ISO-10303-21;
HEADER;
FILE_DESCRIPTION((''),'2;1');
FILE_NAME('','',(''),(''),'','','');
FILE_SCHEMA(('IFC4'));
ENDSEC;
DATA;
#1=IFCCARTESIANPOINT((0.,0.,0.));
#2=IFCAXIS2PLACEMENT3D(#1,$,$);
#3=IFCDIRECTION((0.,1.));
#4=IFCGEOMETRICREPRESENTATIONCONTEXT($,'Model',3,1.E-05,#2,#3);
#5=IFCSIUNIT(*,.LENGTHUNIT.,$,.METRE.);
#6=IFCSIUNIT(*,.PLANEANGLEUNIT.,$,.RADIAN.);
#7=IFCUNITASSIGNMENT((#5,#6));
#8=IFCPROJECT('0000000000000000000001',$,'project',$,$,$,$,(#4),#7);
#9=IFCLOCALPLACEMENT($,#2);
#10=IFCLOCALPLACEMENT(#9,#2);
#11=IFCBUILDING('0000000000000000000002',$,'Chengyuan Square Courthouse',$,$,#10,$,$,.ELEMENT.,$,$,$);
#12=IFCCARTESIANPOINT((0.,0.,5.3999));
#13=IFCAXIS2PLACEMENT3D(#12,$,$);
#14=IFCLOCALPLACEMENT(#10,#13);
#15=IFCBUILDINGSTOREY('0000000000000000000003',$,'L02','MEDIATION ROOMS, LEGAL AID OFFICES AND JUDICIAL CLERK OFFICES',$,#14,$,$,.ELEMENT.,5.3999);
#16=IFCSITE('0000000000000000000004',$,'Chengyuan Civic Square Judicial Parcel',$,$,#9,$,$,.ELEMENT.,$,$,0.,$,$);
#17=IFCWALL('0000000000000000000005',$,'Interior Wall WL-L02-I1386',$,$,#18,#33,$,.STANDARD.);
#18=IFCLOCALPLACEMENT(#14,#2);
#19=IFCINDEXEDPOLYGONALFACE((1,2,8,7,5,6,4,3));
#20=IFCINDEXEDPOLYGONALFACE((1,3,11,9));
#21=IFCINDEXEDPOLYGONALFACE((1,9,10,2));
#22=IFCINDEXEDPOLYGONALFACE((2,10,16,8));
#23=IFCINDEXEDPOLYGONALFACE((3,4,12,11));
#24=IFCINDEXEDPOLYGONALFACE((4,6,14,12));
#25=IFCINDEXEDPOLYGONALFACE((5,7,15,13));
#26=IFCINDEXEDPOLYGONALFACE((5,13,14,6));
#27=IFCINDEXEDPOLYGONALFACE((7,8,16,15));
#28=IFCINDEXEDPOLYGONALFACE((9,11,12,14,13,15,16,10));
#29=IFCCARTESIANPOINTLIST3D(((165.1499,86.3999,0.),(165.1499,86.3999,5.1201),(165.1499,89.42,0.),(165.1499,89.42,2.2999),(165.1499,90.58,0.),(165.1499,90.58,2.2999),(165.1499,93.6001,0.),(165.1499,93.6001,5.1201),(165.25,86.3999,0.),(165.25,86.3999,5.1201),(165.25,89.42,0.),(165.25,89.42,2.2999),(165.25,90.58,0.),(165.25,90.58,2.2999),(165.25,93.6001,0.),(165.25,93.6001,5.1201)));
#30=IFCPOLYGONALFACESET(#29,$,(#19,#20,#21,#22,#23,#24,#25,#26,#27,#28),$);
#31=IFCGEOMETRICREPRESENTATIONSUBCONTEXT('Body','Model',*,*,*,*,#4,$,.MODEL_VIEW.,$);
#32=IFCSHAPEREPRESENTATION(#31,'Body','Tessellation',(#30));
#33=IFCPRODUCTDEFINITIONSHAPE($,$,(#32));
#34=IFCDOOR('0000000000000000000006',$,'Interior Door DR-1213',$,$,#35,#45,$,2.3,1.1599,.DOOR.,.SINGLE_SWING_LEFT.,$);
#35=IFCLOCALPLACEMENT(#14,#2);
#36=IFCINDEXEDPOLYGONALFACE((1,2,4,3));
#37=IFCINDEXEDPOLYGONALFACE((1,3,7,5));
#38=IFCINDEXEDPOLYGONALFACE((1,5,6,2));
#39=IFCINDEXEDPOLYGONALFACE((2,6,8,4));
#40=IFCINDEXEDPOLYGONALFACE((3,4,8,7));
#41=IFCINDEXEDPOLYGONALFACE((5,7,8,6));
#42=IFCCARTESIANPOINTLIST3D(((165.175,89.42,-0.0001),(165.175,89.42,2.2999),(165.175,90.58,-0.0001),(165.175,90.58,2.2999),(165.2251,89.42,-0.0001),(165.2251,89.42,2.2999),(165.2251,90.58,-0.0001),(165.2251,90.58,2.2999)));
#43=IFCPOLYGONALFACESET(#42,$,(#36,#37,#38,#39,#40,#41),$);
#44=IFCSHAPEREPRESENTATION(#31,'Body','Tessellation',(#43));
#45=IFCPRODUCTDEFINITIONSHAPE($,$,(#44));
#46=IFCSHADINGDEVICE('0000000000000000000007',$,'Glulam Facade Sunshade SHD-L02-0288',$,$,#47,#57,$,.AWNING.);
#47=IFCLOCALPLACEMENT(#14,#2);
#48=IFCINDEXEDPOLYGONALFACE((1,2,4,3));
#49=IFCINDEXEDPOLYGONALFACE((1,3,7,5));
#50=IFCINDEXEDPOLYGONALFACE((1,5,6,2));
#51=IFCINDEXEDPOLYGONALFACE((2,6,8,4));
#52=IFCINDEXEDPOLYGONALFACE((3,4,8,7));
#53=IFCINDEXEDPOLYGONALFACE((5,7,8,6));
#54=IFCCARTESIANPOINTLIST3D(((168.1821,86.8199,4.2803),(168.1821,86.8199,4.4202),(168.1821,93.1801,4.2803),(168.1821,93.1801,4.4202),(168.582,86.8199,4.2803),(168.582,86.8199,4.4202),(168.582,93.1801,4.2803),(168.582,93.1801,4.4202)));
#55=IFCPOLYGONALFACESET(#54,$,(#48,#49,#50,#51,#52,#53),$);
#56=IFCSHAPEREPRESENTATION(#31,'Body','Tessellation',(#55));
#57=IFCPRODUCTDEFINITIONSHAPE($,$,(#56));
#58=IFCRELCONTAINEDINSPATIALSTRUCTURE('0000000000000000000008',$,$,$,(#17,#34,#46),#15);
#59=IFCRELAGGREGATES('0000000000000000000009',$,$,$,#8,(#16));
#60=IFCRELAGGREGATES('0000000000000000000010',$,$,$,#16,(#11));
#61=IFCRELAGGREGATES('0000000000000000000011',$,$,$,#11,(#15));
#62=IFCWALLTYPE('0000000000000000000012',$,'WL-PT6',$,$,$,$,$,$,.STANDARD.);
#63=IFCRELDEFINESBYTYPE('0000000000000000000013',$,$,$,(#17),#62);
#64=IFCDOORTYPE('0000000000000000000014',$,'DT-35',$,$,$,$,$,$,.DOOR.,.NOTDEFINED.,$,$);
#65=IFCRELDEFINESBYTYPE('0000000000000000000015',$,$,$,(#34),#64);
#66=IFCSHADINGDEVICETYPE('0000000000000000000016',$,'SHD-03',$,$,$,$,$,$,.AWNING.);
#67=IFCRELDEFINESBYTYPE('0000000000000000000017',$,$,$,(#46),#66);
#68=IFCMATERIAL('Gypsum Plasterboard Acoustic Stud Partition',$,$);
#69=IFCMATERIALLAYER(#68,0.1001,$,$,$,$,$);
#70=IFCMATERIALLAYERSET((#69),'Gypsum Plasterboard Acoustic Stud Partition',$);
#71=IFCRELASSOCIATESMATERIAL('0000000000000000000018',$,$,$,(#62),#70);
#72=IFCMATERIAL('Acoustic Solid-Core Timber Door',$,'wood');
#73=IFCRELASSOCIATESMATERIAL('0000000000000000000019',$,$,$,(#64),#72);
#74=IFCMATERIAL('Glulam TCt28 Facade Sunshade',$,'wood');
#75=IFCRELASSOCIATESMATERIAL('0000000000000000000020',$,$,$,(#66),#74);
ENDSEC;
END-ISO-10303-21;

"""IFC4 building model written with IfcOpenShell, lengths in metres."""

from ifc_helpers import new_model, si_unit, direction, frame, frame_2d, origin, origin_2d, place, context, subcontext, project, spatial, rectangle, extrude, material, layer, layer_set, type_object, element, fill, save


model = new_model("IFC4")

# Units and contexts
model_context = context("Model", 3, precision=1e-05, world=origin(), true_north=direction((0.0, 1.0)))
body_context = subcontext(model_context, "Body", "Model", "MODEL_VIEW")
ifc_project = project(units=[si_unit("LENGTHUNIT", "METRE"), si_unit("PLANEANGLEUNIT", "RADIAN")], contexts=[model_context])

# Site, building, storey
site_placement = place(None, origin())
site = spatial("IfcSite", under=ifc_project, at=site_placement, Name="Chengyuan Civic Square Judicial Parcel", CompositionType="ELEMENT", RefElevation=0.0)
building_placement = place(site_placement, origin())
building = spatial("IfcBuilding", under=site, at=building_placement, Name="Chengyuan Square Courthouse", CompositionType="ELEMENT")
storey_placement = place(building_placement, frame((0.0, 0.0, 5.3999)))
storey = spatial("IfcBuildingStorey", under=building, at=storey_placement, Name="L02", Description="MEDIATION ROOMS, LEGAL AID OFFICES AND JUDICIAL CLERK OFFICES", CompositionType="ELEMENT", Elevation=5.3999)

# Shared definitions
ifc_material_1 = material(Name="Gypsum Plasterboard Acoustic Stud Partition")
ifc_layer_1 = layer(ifc_material_1, 0.1001)
ifc_layer_set_1 = layer_set([ifc_layer_1], Name="Gypsum Plasterboard Acoustic Stud Partition")
wall_type_1 = type_object("IfcWallType", Name="WL-PT6", PredefinedType="STANDARD", material=ifc_layer_set_1)
ifc_material_2 = material(Name="Acoustic Solid-Core Timber Door", Category="wood")
door_type_1 = type_object("IfcDoorType", Name="DT-35", OperationType="NOTDEFINED", PredefinedType="DOOR", material=ifc_material_2)

# Wall, opening, door
wall_1_placement = place(storey_placement, frame((165.2, 86.3999, 0.0), z_axis=(0.0, 0.0, 1.0), x_axis=(0.0, 1.0, 0.0)))
wall_1 = element("IfcWall", 1, at=wall_1_placement, inside=storey, type_object=wall_type_1, Name="Interior Wall WL-L02-I1386", PredefinedType="STANDARD", context=body_context, shape_type="SweptSolid", body=[
    extrude(rectangle(XDim=7.2002, YDim=0.1001, at=frame_2d((3.6001, 0.0))), origin(), (0.0, 0.0, 1.0), 5.1201),
])
opening_1_placement = place(wall_1_placement, frame((3.02, 0.0, 0.0)))
opening_1 = element("IfcOpeningElement", 2, at=opening_1_placement, cuts=wall_1, PredefinedType="OPENING", context=body_context, shape_type="SweptSolid", body=[
    extrude(rectangle(XDim=1.1599, YDim=2.3, at=frame_2d((0.5801, 1.1499))), frame((0.0, 0.062, 0.0), z_axis=(0.0, -1.0, 0.0), x_axis=(1.0, 0.0, 0.0)), (0.0, 0.0, 1.0), 0.124),
])
door_1_placement = place(opening_1_placement, origin())
door_1 = element("IfcDoor", 3, at=door_1_placement, inside=storey, type_object=door_type_1, Name="Interior Door DR-1213", OperationType="SINGLE_SWING_LEFT", OverallHeight=2.3, OverallWidth=1.1599, PredefinedType="DOOR", context=body_context, shape_type="SweptSolid", body=[
    extrude(rectangle(XDim=1.1599, YDim=2.3, at=frame_2d((0.5801, 1.1499))), frame((0.0, 0.0249, 0.0), z_axis=(0.0, -1.0, 0.0), x_axis=(1.0, 0.0, 0.0)), (0.0, 0.0, 1.0), 0.05),
])
fill(opening_1, door_1)

# Shading device
ifc_material_3 = material(Name="Glulam TCt28 Facade Sunshade", Category="wood")
shading_device_type = type_object("IfcShadingDeviceType", Name="SHD-03", PredefinedType="AWNING", material=ifc_material_3)
shading_device_placement = place(storey_placement, frame((168.3821, 90.0, 4.2803), z_axis=(0.0, 0.0, 1.0), x_axis=(0.0, 1.0, 0.0)))
element("IfcShadingDevice", 4, at=shading_device_placement, inside=storey, type_object=shading_device_type, Name="Glulam Facade Sunshade SHD-L02-0288", PredefinedType="AWNING", context=body_context, shape_type="SweptSolid", body=[
    extrude(rectangle(XDim=6.3601, YDim=0.3999, at=origin_2d()), origin(), (0.0, 0.0, 1.0), 0.1399),
])

save(model, "model.ifc")
